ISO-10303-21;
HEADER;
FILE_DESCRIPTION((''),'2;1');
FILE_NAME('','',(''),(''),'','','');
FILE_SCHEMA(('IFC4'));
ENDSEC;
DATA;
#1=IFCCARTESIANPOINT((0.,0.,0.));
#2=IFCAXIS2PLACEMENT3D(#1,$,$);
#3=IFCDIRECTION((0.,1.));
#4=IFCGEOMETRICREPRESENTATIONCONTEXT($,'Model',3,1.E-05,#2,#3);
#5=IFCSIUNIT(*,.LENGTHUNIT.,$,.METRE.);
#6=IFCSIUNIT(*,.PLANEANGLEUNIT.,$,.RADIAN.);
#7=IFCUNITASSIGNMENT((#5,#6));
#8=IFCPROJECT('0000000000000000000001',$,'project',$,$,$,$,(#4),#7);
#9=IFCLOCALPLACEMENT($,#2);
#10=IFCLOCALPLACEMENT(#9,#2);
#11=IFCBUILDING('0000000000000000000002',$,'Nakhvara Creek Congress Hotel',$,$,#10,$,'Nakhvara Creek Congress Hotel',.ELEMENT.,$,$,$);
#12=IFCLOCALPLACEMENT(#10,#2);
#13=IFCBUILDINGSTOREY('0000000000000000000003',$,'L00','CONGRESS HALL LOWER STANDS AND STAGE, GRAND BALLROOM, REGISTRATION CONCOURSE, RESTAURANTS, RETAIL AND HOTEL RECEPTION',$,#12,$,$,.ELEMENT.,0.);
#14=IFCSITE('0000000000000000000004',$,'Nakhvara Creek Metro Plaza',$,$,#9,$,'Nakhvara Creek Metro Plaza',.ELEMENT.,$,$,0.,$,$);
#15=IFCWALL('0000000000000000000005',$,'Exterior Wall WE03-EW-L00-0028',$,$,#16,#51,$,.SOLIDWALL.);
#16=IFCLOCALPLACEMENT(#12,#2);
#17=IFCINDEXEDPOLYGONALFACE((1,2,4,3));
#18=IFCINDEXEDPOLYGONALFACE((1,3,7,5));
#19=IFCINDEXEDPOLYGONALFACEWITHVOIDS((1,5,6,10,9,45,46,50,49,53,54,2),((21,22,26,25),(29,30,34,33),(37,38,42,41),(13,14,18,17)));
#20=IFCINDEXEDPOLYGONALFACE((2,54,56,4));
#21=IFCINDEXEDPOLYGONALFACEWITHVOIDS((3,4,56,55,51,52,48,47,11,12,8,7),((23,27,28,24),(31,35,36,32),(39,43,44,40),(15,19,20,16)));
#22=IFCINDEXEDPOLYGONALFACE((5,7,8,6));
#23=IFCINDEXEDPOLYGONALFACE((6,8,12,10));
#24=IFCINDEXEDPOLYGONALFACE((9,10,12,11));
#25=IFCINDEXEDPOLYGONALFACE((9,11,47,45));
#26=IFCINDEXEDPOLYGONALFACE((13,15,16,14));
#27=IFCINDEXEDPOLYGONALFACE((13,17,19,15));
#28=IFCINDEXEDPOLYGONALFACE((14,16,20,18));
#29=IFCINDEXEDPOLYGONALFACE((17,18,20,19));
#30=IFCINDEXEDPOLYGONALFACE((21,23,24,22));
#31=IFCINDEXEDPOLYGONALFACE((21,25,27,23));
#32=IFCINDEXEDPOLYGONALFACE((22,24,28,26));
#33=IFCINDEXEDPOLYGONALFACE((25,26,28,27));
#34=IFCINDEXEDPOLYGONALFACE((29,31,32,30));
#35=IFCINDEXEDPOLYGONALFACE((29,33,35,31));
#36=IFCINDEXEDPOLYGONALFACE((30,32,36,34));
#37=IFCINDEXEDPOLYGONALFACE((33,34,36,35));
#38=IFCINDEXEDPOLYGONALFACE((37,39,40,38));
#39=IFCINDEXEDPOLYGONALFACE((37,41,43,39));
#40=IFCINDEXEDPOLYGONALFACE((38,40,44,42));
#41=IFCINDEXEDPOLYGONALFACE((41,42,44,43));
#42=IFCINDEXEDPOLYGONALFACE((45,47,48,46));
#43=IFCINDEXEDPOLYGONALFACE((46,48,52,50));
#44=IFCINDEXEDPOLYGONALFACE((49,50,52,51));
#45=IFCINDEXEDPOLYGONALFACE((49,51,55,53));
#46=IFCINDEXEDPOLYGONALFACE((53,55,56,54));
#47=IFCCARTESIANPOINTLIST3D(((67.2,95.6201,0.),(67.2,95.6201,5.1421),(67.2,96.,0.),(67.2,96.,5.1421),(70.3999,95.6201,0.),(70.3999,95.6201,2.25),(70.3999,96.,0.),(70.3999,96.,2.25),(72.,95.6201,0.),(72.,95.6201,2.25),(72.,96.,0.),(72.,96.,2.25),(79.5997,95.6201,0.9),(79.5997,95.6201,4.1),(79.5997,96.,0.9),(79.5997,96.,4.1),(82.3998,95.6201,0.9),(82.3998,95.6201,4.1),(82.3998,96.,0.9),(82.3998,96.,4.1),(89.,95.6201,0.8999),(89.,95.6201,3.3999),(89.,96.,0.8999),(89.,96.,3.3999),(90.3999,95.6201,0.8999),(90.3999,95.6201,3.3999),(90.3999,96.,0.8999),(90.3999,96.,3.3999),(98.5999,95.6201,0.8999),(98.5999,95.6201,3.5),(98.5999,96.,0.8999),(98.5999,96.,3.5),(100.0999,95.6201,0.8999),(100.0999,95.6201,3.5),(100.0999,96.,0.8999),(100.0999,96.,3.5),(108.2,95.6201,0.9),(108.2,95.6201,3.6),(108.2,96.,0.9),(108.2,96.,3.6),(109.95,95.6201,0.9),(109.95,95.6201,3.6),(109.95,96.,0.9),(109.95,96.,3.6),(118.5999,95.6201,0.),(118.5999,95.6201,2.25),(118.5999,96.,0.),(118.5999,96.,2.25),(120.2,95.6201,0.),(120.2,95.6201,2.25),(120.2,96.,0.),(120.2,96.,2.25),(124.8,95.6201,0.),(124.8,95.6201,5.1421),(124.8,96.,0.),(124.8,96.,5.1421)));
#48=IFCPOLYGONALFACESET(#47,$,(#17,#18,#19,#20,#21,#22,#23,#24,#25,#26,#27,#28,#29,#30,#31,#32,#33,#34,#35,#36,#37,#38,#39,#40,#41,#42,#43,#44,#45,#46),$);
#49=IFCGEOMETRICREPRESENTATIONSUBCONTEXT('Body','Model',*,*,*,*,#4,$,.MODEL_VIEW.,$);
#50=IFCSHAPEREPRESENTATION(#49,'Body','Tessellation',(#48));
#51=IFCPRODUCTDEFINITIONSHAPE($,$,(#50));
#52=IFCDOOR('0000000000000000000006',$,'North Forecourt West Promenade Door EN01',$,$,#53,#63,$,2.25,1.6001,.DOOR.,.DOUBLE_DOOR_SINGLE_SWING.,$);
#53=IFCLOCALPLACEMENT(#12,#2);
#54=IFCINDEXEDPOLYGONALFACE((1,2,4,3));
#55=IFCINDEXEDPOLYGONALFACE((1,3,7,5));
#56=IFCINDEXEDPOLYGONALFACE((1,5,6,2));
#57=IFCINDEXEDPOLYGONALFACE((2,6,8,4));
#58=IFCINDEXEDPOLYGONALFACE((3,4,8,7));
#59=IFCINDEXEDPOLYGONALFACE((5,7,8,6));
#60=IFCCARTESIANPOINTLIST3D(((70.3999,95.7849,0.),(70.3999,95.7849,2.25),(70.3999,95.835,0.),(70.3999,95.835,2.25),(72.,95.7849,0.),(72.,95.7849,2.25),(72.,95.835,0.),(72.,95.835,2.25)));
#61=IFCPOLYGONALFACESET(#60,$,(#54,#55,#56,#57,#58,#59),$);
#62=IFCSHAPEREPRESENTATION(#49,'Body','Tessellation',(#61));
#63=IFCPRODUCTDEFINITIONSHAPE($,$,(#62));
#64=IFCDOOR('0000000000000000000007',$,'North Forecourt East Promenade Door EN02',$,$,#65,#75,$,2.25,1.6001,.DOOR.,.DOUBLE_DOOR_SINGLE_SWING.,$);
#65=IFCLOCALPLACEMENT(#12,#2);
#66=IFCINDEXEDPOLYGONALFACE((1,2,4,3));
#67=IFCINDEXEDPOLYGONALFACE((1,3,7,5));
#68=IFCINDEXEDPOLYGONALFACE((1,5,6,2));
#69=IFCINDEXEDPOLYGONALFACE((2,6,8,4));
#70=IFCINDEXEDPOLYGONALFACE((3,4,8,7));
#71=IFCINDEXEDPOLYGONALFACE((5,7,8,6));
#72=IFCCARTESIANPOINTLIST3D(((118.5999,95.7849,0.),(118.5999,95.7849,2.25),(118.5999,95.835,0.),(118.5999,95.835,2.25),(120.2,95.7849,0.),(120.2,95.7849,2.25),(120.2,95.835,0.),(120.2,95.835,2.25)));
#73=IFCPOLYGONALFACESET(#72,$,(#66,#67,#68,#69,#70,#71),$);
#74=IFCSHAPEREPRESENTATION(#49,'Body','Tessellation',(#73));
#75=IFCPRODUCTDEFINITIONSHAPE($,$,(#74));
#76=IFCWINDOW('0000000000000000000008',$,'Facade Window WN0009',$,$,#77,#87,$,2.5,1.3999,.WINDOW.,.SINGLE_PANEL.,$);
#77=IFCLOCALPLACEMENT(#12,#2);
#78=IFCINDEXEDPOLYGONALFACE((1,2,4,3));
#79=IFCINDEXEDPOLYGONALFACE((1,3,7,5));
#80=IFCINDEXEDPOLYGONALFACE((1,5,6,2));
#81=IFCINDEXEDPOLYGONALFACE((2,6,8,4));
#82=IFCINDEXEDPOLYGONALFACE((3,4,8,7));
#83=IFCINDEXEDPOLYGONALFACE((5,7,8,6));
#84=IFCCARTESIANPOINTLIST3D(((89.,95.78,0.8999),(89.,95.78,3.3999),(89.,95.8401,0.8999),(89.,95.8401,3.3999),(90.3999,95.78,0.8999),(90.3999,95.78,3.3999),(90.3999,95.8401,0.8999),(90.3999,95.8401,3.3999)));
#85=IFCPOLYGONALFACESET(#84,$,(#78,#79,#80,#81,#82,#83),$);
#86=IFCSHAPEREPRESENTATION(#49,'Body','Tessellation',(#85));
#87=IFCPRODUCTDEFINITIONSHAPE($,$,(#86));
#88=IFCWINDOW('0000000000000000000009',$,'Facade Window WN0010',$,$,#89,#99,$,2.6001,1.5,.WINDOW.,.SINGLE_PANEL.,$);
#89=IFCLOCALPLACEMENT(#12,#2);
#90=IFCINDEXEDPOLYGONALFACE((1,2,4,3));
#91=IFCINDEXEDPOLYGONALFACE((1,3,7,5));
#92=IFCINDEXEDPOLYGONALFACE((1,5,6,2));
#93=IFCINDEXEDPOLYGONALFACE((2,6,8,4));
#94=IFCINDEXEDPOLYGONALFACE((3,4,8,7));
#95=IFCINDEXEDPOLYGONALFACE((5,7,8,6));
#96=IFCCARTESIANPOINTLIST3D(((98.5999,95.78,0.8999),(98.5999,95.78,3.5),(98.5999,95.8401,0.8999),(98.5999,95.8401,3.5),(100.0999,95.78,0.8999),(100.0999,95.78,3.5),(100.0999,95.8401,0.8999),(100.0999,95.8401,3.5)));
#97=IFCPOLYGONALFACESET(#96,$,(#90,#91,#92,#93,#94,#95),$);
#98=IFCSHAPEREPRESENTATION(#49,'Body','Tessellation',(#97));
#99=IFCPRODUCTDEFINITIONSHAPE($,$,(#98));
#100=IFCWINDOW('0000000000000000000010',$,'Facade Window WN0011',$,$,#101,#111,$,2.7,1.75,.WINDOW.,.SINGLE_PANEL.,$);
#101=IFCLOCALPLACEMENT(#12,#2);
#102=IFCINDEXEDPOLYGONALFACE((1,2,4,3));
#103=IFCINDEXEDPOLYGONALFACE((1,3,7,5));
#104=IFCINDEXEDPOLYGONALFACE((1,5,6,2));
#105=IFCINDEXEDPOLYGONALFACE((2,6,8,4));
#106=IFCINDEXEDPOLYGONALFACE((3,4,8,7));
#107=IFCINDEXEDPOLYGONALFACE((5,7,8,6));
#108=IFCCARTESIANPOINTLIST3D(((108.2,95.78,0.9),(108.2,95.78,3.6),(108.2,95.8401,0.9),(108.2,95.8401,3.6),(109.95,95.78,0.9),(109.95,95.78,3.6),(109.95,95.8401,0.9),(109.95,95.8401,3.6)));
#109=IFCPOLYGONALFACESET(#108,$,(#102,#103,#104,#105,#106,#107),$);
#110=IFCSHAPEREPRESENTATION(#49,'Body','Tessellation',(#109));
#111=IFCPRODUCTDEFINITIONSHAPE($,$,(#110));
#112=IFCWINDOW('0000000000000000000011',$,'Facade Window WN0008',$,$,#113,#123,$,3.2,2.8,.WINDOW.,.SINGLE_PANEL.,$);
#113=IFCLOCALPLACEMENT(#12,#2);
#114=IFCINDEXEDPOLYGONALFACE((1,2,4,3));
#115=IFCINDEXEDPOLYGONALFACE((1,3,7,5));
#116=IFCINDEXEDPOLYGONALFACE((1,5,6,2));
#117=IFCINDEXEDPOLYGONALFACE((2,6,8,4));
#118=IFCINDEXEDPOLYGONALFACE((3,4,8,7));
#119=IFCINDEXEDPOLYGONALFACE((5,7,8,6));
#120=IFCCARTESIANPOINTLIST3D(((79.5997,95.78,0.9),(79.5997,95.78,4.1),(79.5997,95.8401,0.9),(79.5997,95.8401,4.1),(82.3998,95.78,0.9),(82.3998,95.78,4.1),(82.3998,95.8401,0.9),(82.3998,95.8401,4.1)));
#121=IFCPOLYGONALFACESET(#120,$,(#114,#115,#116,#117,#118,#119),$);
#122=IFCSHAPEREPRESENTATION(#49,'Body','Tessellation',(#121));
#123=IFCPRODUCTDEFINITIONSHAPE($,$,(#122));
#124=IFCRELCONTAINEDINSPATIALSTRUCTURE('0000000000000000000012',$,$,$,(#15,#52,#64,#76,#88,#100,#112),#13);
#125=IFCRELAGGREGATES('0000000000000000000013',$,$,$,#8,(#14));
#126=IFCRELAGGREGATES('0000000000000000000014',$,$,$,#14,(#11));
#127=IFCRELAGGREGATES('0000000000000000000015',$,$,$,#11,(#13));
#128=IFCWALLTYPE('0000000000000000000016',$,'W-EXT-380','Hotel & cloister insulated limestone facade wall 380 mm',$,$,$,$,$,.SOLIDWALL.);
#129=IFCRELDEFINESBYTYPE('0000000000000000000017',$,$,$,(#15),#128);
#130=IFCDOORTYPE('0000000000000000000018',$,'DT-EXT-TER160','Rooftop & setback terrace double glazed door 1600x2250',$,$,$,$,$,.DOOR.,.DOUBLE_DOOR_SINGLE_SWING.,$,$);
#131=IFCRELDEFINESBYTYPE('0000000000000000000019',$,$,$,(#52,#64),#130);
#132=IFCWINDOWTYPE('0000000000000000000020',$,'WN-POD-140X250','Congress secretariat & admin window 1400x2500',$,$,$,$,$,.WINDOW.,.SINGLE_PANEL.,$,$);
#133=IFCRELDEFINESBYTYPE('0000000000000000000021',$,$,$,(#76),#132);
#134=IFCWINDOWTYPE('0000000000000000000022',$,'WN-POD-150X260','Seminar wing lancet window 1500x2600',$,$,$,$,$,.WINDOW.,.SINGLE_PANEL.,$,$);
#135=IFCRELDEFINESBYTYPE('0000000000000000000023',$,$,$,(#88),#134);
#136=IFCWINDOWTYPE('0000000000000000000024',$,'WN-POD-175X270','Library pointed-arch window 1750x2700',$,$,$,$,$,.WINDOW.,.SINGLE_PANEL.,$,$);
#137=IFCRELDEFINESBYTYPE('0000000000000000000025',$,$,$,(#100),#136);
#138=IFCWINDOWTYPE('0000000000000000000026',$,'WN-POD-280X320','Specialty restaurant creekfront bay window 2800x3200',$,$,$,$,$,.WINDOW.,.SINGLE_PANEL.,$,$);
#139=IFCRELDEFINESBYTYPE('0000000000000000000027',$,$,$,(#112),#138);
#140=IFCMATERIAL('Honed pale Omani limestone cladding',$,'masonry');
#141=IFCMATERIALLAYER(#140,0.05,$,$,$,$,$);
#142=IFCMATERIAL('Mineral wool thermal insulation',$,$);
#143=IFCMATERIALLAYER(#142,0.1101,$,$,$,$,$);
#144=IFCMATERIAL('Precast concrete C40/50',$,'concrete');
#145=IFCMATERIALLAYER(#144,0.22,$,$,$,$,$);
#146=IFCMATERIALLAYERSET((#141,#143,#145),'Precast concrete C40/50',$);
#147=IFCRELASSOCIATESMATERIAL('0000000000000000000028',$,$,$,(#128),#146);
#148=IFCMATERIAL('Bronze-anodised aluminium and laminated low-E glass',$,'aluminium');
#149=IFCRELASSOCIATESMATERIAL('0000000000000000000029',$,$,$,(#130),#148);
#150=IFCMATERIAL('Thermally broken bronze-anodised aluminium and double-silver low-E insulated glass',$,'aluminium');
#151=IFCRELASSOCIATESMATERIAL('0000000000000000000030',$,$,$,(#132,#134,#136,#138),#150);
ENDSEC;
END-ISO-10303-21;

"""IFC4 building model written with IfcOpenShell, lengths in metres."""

from ifc_helpers import new_model, si_unit, direction, frame, frame_2d, origin, place, context, subcontext, project, spatial, rectangle, extrude, material, layer, layer_set, type_object, element, fill, save


model = new_model("IFC4")

# Units and contexts
model_context = context("Model", 3, precision=1e-05, world=origin(), true_north=direction((0.0, 1.0)))
body_context = subcontext(model_context, "Body", "Model", "MODEL_VIEW")
ifc_project = project(units=[si_unit("LENGTHUNIT", "METRE"), si_unit("PLANEANGLEUNIT", "RADIAN")], contexts=[model_context])

# Site, building, storey
site_placement = place(None, origin())
site = spatial("IfcSite", under=ifc_project, at=site_placement, Name="Nakhvara Creek Metro Plaza", LongName="Nakhvara Creek Metro Plaza", CompositionType="ELEMENT", RefElevation=0.0)
building_placement = place(site_placement, origin())
building = spatial("IfcBuilding", under=site, at=building_placement, Name="Nakhvara Creek Congress Hotel", LongName="Nakhvara Creek Congress Hotel", CompositionType="ELEMENT")
storey_placement = place(building_placement, origin())
storey = spatial("IfcBuildingStorey", under=building, at=storey_placement, Name="L00", Description="CONGRESS HALL LOWER STANDS AND STAGE, GRAND BALLROOM, REGISTRATION CONCOURSE, RESTAURANTS, RETAIL AND HOTEL RECEPTION", CompositionType="ELEMENT", Elevation=0.0)

# Shared definitions
ifc_material_1 = material(Name="Honed pale Omani limestone cladding", Category="masonry")
ifc_layer_1 = layer(ifc_material_1, 0.05)
ifc_material_2 = material(Name="Mineral wool thermal insulation")
ifc_layer_2 = layer(ifc_material_2, 0.1101)
ifc_material_3 = material(Name="Precast concrete C40/50", Category="concrete")
ifc_layer_3 = layer(ifc_material_3, 0.22)
ifc_layer_set_1 = layer_set([ifc_layer_1, ifc_layer_2, ifc_layer_3], Name="Precast concrete C40/50")
wall_type_1 = type_object("IfcWallType", Name="W-EXT-380", Description="Hotel & cloister insulated limestone facade wall 380 mm", PredefinedType="SOLIDWALL", material=ifc_layer_set_1)

# Wall, openings, doors, windows
wall_1_placement = place(storey_placement, frame((67.2, 95.8101, 0.0), z_axis=(0.0, 0.0, 1.0), x_axis=(1.0, 0.0, 0.0)))
wall_1 = element("IfcWall", 1, at=wall_1_placement, inside=storey, type_object=wall_type_1, Name="Exterior Wall WE03-EW-L00-0028", PredefinedType="SOLIDWALL", context=body_context, shape_type="SweptSolid", body=[
    extrude(rectangle(XDim=57.6001, YDim=0.3799, at=frame_2d((28.8, 0.0))), origin(), (0.0, 0.0, 1.0), 5.1421),
])
opening_1_placement = place(wall_1_placement, frame((3.2, 0.0, 0.0)))
opening_1 = element("IfcOpeningElement", 2, at=opening_1_placement, cuts=wall_1, PredefinedType="OPENING", context=body_context, shape_type="SweptSolid", body=[
    extrude(rectangle(XDim=1.6001, YDim=2.25, at=frame_2d((0.8, 1.125))), frame((0.0, 0.2019, 0.0), z_axis=(0.0, -1.0, 0.0), x_axis=(1.0, 0.0, 0.0)), (0.0, 0.0, 1.0), 0.4038),
])
opening_2_placement = place(wall_1_placement, frame((51.3999, 0.0, 0.0)))
opening_2 = element("IfcOpeningElement", 3, at=opening_2_placement, cuts=wall_1, PredefinedType="OPENING", context=body_context, shape_type="SweptSolid", body=[
    extrude(rectangle(XDim=1.6001, YDim=2.25, at=frame_2d((0.8, 1.125))), frame((0.0, 0.2019, 0.0), z_axis=(0.0, -1.0, 0.0), x_axis=(1.0, 0.0, 0.0)), (0.0, 0.0, 1.0), 0.4038),
])
opening_3_placement = place(wall_1_placement, frame((12.3999, 0.0, 0.8999)))
opening_3 = element("IfcOpeningElement", 4, at=opening_3_placement, cuts=wall_1, PredefinedType="OPENING", context=body_context, shape_type="SweptSolid", body=[
    extrude(rectangle(XDim=2.8, YDim=3.2, at=frame_2d((1.3999, 1.6001))), frame((0.0, 0.2019, 0.0), z_axis=(0.0, -1.0, 0.0), x_axis=(1.0, 0.0, 0.0)), (0.0, 0.0, 1.0), 0.4038),
])
opening_4_placement = place(wall_1_placement, frame((21.8, 0.0, 0.8999)))
opening_4 = element("IfcOpeningElement", 5, at=opening_4_placement, cuts=wall_1, PredefinedType="OPENING", context=body_context, shape_type="SweptSolid", body=[
    extrude(rectangle(XDim=1.3999, YDim=2.5, at=frame_2d((0.7, 1.25))), frame((0.0, 0.2019, 0.0), z_axis=(0.0, -1.0, 0.0), x_axis=(1.0, 0.0, 0.0)), (0.0, 0.0, 1.0), 0.4038),
])
opening_5_placement = place(wall_1_placement, frame((31.3999, 0.0, 0.8999)))
opening_5 = element("IfcOpeningElement", 6, at=opening_5_placement, cuts=wall_1, PredefinedType="OPENING", context=body_context, shape_type="SweptSolid", body=[
    extrude(rectangle(XDim=1.5, YDim=2.6001, at=frame_2d((0.75, 1.3))), frame((0.0, 0.2019, 0.0), z_axis=(0.0, -1.0, 0.0), x_axis=(1.0, 0.0, 0.0)), (0.0, 0.0, 1.0), 0.4038),
])
opening_6_placement = place(wall_1_placement, frame((41.0, 0.0, 0.8999)))
opening_6 = element("IfcOpeningElement", 7, at=opening_6_placement, cuts=wall_1, PredefinedType="OPENING", context=body_context, shape_type="SweptSolid", body=[
    extrude(rectangle(XDim=1.75, YDim=2.7, at=frame_2d((0.875, 1.3501))), frame((0.0, 0.2019, 0.0), z_axis=(0.0, -1.0, 0.0), x_axis=(1.0, 0.0, 0.0)), (0.0, 0.0, 1.0), 0.4038),
])
ifc_material_4 = material(Name="Bronze-anodised aluminium and laminated low-E glass", Category="aluminium")
door_type_1 = type_object("IfcDoorType", Name="DT-EXT-TER160", Description="Rooftop & setback terrace double glazed door 1600x2250", OperationType="DOUBLE_DOOR_SINGLE_SWING", PredefinedType="DOOR", material=ifc_material_4)
door_1_placement = place(opening_1_placement, origin())
door_1 = element("IfcDoor", 8, at=door_1_placement, inside=storey, type_object=door_type_1, Name="North Forecourt West Promenade Door EN01", OperationType="DOUBLE_DOOR_SINGLE_SWING", OverallHeight=2.25, OverallWidth=1.6001, PredefinedType="DOOR", context=body_context, shape_type="SweptSolid", body=[
    extrude(rectangle(XDim=1.6001, YDim=2.25, at=frame_2d((0.8, 1.125))), frame((0.0, 0.0249, 0.0), z_axis=(0.0, -1.0, 0.0), x_axis=(1.0, 0.0, 0.0)), (0.0, 0.0, 1.0), 0.05),
])
fill(opening_1, door_1)
door_2_placement = place(opening_2_placement, origin())
door_2 = element("IfcDoor", 9, at=door_2_placement, inside=storey, type_object=door_type_1, Name="North Forecourt East Promenade Door EN02", OperationType="DOUBLE_DOOR_SINGLE_SWING", OverallHeight=2.25, OverallWidth=1.6001, PredefinedType="DOOR", context=body_context, shape_type="SweptSolid", body=[
    extrude(rectangle(XDim=1.6001, YDim=2.25, at=frame_2d((0.8, 1.125))), frame((0.0, 0.0249, 0.0), z_axis=(0.0, -1.0, 0.0), x_axis=(1.0, 0.0, 0.0)), (0.0, 0.0, 1.0), 0.05),
])
fill(opening_2, door_2)
ifc_material_5 = material(Name="Thermally broken bronze-anodised aluminium and double-silver low-E insulated glass", Category="aluminium")
window_type_1 = type_object("IfcWindowType", Name="WN-POD-140X250", Description="Congress secretariat & admin window 1400x2500", PartitioningType="SINGLE_PANEL", PredefinedType="WINDOW", material=ifc_material_5)
window_1_placement = place(opening_4_placement, origin())
window_1 = element("IfcWindow", 10, at=window_1_placement, inside=storey, type_object=window_type_1, Name="Facade Window WN0009", OverallHeight=2.5, OverallWidth=1.3999, PartitioningType="SINGLE_PANEL", PredefinedType="WINDOW", context=body_context, shape_type="SweptSolid", body=[
    extrude(rectangle(XDim=1.3999, YDim=2.5, at=frame_2d((0.7, 1.25))), frame((0.0, 0.03, 0.0), z_axis=(0.0, -1.0, 0.0), x_axis=(1.0, 0.0, 0.0)), (0.0, 0.0, 1.0), 0.0601),
])
fill(opening_4, window_1)
window_type_2 = type_object("IfcWindowType", Name="WN-POD-150X260", Description="Seminar wing lancet window 1500x2600", PartitioningType="SINGLE_PANEL", PredefinedType="WINDOW", material=ifc_material_5)
window_2_placement = place(opening_5_placement, origin())
window_2 = element("IfcWindow", 11, at=window_2_placement, inside=storey, type_object=window_type_2, Name="Facade Window WN0010", OverallHeight=2.6001, OverallWidth=1.5, PartitioningType="SINGLE_PANEL", PredefinedType="WINDOW", context=body_context, shape_type="SweptSolid", body=[
    extrude(rectangle(XDim=1.5, YDim=2.6001, at=frame_2d((0.75, 1.3))), frame((0.0, 0.03, 0.0), z_axis=(0.0, -1.0, 0.0), x_axis=(1.0, 0.0, 0.0)), (0.0, 0.0, 1.0), 0.0601),
])
fill(opening_5, window_2)
window_type_3 = type_object("IfcWindowType", Name="WN-POD-175X270", Description="Library pointed-arch window 1750x2700", PartitioningType="SINGLE_PANEL", PredefinedType="WINDOW", material=ifc_material_5)
window_3_placement = place(opening_6_placement, origin())
window_3 = element("IfcWindow", 12, at=window_3_placement, inside=storey, type_object=window_type_3, Name="Facade Window WN0011", OverallHeight=2.7, OverallWidth=1.75, PartitioningType="SINGLE_PANEL", PredefinedType="WINDOW", context=body_context, shape_type="SweptSolid", body=[
    extrude(rectangle(XDim=1.75, YDim=2.7, at=frame_2d((0.875, 1.3501))), frame((0.0, 0.03, 0.0), z_axis=(0.0, -1.0, 0.0), x_axis=(1.0, 0.0, 0.0)), (0.0, 0.0, 1.0), 0.0601),
])
fill(opening_6, window_3)
window_type_4 = type_object("IfcWindowType", Name="WN-POD-280X320", Description="Specialty restaurant creekfront bay window 2800x3200", PartitioningType="SINGLE_PANEL", PredefinedType="WINDOW", material=ifc_material_5)
window_4_placement = place(opening_3_placement, origin())
window_4 = element("IfcWindow", 13, at=window_4_placement, inside=storey, type_object=window_type_4, Name="Facade Window WN0008", OverallHeight=3.2, OverallWidth=2.8, PartitioningType="SINGLE_PANEL", PredefinedType="WINDOW", context=body_context, shape_type="SweptSolid", body=[
    extrude(rectangle(XDim=2.8, YDim=3.2, at=frame_2d((1.3999, 1.6001))), frame((0.0, 0.03, 0.0), z_axis=(0.0, -1.0, 0.0), x_axis=(1.0, 0.0, 0.0)), (0.0, 0.0, 1.0), 0.0601),
])
fill(opening_3, window_4)

save(model, "model.ifc")
